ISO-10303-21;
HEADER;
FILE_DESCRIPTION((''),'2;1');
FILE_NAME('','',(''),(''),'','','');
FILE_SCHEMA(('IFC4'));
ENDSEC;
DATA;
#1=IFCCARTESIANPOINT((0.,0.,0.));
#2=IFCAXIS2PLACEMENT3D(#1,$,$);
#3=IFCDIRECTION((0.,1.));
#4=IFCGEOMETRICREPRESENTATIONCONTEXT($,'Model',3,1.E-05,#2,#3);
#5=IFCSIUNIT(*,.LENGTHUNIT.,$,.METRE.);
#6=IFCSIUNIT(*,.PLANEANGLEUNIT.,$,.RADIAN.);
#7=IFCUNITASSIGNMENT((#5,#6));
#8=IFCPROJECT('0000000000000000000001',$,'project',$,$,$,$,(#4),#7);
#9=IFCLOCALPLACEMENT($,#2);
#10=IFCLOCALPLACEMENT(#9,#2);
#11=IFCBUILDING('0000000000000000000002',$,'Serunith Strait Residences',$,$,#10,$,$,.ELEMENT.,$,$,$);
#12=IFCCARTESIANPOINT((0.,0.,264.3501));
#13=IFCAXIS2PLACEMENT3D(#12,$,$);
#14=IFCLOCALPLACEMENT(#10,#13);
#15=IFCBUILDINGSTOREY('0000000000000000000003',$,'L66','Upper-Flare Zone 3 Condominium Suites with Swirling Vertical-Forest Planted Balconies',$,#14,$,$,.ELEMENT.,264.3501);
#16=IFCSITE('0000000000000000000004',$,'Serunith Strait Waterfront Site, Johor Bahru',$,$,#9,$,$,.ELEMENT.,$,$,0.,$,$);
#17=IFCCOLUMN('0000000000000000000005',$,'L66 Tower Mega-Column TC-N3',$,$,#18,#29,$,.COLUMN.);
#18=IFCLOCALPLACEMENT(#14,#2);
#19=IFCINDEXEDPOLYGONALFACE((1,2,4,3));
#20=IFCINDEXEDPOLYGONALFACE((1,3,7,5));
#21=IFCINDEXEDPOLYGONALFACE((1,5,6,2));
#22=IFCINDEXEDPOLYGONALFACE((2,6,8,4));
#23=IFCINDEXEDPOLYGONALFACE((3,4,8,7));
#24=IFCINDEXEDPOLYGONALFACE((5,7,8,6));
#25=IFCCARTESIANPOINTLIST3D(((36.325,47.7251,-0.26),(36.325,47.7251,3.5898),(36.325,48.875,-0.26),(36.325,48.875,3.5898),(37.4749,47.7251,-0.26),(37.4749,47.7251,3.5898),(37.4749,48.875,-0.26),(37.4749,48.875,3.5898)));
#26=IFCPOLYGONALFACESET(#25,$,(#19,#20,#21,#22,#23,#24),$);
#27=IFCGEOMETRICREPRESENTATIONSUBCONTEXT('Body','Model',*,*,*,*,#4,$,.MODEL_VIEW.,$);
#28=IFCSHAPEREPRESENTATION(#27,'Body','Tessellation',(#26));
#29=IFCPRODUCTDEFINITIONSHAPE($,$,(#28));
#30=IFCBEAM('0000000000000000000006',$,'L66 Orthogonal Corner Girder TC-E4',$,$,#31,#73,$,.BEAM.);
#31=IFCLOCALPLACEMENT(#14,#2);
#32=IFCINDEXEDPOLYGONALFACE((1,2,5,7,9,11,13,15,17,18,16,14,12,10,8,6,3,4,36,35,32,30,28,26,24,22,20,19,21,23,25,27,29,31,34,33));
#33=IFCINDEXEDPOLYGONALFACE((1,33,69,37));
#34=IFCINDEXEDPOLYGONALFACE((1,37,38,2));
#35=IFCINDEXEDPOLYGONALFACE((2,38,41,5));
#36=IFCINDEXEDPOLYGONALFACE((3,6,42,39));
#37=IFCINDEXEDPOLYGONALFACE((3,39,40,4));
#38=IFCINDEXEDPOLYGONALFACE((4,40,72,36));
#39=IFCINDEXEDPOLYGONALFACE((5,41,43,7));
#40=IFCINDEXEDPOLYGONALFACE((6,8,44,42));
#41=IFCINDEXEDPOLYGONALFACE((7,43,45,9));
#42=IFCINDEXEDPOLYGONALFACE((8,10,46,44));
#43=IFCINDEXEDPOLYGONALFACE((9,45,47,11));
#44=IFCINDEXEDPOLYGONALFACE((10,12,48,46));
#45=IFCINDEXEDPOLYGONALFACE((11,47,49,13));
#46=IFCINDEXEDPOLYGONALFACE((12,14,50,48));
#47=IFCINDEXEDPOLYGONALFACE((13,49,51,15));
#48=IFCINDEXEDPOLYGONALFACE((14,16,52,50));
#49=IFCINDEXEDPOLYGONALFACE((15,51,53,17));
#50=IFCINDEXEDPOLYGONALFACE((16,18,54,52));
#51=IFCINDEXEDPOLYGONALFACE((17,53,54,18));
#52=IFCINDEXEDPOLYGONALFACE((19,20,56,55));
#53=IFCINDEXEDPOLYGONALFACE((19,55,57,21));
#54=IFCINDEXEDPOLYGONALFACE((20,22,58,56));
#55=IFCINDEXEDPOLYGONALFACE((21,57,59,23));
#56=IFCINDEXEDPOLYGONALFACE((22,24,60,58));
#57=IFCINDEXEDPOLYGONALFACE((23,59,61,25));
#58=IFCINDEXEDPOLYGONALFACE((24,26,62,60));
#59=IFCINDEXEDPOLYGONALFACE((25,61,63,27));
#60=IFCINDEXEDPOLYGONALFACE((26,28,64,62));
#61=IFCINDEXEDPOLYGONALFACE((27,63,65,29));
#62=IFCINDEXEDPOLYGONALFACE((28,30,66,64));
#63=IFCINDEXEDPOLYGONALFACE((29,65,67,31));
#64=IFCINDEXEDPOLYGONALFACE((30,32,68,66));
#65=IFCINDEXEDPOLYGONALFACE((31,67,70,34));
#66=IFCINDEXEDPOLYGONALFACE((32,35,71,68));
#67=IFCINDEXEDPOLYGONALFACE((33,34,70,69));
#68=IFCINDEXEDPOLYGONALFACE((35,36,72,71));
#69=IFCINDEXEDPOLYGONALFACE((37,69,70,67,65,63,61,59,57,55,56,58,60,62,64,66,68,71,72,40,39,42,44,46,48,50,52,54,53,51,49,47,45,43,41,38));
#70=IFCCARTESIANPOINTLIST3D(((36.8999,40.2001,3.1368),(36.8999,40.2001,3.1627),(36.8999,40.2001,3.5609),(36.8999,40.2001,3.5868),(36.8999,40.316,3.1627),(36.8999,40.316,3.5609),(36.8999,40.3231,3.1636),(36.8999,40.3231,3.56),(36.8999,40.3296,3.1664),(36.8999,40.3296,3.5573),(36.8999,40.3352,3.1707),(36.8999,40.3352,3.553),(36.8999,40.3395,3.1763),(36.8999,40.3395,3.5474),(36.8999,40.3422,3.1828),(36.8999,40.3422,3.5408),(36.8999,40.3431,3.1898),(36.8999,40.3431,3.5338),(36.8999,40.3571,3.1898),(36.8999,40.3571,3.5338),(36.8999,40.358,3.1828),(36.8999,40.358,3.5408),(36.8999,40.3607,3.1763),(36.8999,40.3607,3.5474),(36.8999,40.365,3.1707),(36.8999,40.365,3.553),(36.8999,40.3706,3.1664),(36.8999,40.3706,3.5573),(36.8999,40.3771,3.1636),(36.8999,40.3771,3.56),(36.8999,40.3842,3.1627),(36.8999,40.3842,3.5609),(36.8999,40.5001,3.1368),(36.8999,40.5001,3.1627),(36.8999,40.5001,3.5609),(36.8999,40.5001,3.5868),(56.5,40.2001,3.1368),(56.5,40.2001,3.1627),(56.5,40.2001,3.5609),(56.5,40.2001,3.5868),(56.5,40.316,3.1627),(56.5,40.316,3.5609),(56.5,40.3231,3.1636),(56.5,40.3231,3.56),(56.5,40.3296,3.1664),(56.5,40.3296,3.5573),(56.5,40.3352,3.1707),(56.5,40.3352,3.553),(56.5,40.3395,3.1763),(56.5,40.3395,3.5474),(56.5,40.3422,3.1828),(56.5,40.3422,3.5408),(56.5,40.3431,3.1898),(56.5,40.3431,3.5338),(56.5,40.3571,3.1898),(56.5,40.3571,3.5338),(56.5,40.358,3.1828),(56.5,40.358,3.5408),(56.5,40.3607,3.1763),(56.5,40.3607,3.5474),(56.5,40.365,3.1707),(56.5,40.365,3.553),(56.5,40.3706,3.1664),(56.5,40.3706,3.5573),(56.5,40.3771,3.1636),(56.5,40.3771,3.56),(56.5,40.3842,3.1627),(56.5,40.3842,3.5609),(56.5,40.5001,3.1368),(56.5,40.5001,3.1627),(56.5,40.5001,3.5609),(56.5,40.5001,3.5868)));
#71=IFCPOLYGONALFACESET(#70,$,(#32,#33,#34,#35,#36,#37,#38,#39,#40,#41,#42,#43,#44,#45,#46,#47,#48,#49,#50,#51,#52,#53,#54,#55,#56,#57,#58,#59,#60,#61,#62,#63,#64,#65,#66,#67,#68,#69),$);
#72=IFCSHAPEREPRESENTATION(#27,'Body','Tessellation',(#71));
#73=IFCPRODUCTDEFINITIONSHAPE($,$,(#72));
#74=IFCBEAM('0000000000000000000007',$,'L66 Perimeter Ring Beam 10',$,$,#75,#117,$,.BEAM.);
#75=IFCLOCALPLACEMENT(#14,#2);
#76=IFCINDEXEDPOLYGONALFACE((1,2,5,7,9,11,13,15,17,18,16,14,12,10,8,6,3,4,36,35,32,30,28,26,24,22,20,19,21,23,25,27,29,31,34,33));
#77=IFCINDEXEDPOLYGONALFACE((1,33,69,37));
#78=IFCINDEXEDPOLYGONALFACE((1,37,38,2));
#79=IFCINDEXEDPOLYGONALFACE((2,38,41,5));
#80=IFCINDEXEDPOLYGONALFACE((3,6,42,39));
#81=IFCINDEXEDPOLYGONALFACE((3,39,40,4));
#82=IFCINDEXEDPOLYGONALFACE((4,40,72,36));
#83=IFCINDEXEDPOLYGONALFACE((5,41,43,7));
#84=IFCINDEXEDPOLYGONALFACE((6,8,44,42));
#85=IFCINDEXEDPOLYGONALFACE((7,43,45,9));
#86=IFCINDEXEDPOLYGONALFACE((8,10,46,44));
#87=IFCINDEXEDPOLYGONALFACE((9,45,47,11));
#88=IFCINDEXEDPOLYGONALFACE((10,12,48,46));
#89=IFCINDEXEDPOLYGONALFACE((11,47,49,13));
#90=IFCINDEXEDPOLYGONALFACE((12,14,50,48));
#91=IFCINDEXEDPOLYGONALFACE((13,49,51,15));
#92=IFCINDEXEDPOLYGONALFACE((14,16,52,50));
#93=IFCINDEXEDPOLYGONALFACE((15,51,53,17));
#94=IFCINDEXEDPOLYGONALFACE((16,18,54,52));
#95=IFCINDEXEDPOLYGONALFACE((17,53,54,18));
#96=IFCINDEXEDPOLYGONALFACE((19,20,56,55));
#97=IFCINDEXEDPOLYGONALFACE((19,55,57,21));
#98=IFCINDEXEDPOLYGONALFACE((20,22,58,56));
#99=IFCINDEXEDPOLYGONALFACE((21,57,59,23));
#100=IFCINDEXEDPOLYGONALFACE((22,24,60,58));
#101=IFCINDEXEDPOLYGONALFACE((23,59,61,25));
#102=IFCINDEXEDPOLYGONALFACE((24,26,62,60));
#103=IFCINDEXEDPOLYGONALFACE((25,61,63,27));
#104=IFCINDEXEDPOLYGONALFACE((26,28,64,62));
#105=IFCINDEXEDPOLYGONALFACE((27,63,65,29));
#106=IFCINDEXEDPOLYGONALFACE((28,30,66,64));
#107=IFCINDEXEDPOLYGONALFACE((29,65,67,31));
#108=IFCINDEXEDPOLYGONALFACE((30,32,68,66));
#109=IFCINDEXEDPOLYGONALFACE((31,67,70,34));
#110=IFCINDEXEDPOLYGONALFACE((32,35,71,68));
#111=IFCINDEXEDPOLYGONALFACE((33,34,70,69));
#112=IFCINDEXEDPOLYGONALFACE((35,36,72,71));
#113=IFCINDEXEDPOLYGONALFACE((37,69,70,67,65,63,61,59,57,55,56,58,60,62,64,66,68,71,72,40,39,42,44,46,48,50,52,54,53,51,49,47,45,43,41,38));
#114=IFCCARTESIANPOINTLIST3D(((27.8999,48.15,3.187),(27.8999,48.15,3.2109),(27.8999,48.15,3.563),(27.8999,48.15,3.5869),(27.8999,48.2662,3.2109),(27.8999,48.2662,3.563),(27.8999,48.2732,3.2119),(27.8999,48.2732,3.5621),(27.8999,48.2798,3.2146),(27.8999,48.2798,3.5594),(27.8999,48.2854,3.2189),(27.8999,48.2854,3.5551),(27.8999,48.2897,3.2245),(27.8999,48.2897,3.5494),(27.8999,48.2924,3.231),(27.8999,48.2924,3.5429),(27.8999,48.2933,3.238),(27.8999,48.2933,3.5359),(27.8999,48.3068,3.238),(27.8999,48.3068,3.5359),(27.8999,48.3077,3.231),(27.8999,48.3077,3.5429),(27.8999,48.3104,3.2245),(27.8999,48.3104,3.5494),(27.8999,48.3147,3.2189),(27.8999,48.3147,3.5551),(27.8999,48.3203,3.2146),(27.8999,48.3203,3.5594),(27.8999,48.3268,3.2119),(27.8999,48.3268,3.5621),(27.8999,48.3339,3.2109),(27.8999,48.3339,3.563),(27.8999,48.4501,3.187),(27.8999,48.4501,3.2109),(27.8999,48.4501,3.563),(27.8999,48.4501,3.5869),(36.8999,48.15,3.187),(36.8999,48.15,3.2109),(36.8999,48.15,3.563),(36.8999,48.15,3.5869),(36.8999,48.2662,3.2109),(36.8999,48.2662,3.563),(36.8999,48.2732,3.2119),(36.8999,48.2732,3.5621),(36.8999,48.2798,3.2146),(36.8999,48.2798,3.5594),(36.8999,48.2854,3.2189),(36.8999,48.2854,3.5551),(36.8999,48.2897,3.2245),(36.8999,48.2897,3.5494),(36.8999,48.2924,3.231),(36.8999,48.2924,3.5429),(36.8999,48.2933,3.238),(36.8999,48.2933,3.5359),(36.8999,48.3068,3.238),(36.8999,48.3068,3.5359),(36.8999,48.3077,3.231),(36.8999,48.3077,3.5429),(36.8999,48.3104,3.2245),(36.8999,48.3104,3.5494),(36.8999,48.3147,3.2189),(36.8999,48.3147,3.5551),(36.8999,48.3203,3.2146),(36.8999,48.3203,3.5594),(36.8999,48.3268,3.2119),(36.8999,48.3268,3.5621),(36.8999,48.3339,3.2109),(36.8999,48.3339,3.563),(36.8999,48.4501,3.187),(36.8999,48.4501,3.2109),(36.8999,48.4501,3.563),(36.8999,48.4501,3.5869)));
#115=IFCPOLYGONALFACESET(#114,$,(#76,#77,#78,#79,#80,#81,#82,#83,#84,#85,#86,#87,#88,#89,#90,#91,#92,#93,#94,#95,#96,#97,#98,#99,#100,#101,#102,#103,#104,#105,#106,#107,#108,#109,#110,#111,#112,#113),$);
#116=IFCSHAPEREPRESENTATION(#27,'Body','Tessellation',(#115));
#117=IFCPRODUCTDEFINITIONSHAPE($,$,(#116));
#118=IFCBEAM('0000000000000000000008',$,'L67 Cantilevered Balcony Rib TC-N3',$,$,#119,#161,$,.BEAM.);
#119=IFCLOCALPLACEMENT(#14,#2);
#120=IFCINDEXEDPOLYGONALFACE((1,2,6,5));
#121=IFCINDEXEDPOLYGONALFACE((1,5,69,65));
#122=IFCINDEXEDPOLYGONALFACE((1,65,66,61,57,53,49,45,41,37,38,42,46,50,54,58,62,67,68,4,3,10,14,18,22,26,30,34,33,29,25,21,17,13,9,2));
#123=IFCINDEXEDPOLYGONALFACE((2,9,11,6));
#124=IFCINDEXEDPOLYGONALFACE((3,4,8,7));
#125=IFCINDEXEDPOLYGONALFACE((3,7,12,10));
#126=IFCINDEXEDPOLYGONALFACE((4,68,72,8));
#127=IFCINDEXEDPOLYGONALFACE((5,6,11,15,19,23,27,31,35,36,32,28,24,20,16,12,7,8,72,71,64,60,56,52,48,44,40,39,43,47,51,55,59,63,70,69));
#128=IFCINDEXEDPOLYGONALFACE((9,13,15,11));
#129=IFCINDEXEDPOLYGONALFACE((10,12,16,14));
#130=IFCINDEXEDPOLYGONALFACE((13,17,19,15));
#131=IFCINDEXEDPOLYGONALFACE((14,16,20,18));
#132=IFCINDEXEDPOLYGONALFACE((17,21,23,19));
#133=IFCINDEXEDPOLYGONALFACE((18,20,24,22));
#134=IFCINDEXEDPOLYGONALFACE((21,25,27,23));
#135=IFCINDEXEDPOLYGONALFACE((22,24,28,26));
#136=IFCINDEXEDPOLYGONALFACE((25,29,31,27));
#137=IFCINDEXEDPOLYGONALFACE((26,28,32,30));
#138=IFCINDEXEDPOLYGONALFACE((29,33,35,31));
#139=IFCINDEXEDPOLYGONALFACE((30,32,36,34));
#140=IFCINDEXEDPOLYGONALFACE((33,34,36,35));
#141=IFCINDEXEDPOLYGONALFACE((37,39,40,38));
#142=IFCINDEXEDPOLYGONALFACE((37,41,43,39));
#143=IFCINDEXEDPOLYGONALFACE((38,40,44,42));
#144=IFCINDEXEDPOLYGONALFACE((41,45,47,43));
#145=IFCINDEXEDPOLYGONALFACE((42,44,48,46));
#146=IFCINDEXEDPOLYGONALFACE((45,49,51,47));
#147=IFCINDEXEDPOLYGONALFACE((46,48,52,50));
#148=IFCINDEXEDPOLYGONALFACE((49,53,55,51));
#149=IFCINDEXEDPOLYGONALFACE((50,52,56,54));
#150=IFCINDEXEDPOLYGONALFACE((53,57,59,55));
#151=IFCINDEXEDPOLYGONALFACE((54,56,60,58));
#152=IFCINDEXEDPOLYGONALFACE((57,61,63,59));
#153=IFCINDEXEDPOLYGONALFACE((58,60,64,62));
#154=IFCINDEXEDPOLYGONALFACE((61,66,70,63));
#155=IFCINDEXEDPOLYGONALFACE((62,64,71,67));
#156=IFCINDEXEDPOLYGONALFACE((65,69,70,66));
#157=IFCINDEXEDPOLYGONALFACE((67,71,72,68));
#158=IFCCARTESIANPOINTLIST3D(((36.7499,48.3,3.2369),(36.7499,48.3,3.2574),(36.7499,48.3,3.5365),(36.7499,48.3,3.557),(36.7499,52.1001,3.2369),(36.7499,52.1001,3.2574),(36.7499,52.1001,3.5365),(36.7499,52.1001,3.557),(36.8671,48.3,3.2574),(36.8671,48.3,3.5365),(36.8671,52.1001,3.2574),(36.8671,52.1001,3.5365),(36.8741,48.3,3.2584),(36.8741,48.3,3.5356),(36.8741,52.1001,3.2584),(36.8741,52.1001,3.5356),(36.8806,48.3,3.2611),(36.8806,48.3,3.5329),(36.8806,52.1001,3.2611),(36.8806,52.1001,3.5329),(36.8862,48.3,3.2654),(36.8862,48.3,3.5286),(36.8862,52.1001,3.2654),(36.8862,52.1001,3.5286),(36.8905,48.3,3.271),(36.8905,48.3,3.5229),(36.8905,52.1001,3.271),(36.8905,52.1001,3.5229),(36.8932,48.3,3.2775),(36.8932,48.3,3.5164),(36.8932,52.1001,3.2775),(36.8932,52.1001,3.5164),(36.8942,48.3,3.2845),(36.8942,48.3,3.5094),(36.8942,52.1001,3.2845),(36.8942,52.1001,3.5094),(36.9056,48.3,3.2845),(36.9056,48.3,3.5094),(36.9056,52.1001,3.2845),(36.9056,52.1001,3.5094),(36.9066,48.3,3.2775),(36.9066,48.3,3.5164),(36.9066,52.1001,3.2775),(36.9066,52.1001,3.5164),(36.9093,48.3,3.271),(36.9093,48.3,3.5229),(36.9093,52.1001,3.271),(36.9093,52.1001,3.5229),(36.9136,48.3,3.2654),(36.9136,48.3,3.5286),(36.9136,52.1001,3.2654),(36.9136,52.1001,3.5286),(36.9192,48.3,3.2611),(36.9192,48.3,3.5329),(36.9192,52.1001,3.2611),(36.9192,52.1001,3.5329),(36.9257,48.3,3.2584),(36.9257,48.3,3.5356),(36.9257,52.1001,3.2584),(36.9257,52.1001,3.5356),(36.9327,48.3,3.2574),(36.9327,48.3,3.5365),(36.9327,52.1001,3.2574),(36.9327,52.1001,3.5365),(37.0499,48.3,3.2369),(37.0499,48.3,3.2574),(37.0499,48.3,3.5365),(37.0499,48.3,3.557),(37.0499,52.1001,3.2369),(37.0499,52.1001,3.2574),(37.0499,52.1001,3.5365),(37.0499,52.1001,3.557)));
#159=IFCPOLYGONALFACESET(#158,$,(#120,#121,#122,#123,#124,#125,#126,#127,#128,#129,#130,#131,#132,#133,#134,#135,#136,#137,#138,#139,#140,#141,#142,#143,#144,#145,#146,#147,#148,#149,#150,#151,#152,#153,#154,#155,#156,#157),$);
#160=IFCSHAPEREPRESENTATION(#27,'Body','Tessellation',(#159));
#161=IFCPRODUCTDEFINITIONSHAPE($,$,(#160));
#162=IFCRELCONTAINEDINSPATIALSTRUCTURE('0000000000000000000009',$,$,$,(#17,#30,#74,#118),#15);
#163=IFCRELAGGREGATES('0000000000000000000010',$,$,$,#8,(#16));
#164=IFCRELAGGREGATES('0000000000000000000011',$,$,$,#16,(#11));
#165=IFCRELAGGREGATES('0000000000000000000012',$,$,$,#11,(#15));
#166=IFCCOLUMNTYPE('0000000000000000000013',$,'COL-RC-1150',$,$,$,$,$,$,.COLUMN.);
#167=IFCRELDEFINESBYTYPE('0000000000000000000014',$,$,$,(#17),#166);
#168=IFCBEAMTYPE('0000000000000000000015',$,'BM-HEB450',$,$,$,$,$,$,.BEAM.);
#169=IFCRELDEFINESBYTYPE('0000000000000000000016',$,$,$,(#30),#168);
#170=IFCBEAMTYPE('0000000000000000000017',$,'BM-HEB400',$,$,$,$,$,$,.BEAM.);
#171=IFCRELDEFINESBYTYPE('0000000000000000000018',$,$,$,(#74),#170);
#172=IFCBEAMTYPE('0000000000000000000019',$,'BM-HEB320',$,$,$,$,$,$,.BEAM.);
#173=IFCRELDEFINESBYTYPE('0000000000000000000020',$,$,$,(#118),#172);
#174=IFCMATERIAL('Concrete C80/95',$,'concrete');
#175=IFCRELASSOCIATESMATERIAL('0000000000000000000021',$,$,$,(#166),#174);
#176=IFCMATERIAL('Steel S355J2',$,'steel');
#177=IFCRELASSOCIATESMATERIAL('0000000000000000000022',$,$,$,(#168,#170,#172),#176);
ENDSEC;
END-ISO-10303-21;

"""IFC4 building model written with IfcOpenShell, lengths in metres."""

from ifc_helpers import new_model, si_unit, direction, frame, origin, origin_2d, place, context, subcontext, project, spatial, rectangle, i_section, extrude, source, transform, mapped, material, material_profile, profile_set, type_object, element, save


model = new_model("IFC4")

# Units and contexts
model_context = context("Model", 3, precision=1e-05, world=origin(), true_north=direction((0.0, 1.0)))
body_context = subcontext(model_context, "Body", "Model", "MODEL_VIEW")
ifc_project = project(units=[si_unit("LENGTHUNIT", "METRE"), si_unit("PLANEANGLEUNIT", "RADIAN")], contexts=[model_context])

# Site, building, storey
site_placement = place(None, origin())
site = spatial("IfcSite", under=ifc_project, at=site_placement, Name="Serunith Strait Waterfront Site, Johor Bahru", CompositionType="ELEMENT", RefElevation=0.0)
building_placement = place(site_placement, origin())
building = spatial("IfcBuilding", under=site, at=building_placement, Name="Serunith Strait Residences", CompositionType="ELEMENT")
storey_placement = place(building_placement, frame((0.0, 0.0, 264.3501)))
storey = spatial("IfcBuildingStorey", under=building, at=storey_placement, Name="L66", Description="Upper-Flare Zone 3 Condominium Suites with Swirling Vertical-Forest Planted Balconies", CompositionType="ELEMENT", Elevation=264.3501)

# Column
ifc_material_1 = material(Name="Concrete C80/95", Category="concrete")
ifc_material_profile_1 = material_profile(ifc_material_1, rectangle(XDim=1.1499, YDim=1.1499, at=origin_2d()), Name="RC 1150x1150")
ifc_profile_set_1 = profile_set([ifc_material_profile_1], Name="Concrete C80/95")
column_type = type_object("IfcColumnType", Name="COL-RC-1150", PredefinedType="COLUMN", material=ifc_profile_set_1)
shared_shape_1 = source(origin(), body_context, "Body", "SweptSolid", [
    extrude(rectangle(XDim=1.1499, YDim=1.1499, at=origin_2d()), origin(), (0.0, 0.0, 1.0), 3.8499),
])
column_placement = place(storey_placement, frame((36.8999, 48.3, -0.26), z_axis=(0.0, 0.0, 1.0), x_axis=(1.0, 0.0, 0.0)))
element("IfcColumn", 1, at=column_placement, inside=storey, type_object=column_type, Name="L66 Tower Mega-Column TC-N3", PredefinedType="COLUMN", context=body_context, shape_type="MappedRepresentation", body=[
    mapped(shared_shape_1, transform((0.0, 0.0, 0.0), scale=1.0)),
])

# Beams
ifc_material_2 = material(Name="Steel S355J2", Category="steel")
ifc_material_profile_2 = material_profile(ifc_material_2, i_section(OverallWidth=0.3, OverallDepth=0.45, WebThickness=0.0139, FlangeThickness=0.0259, FilletRadius=0.0271, at=origin_2d()), Name="HEB 450")
ifc_profile_set_2 = profile_set([ifc_material_profile_2], Name="Steel S355J2")
beam_type_1 = type_object("IfcBeamType", Name="BM-HEB450", PredefinedType="BEAM", material=ifc_profile_set_2)
shared_shape_2 = source(origin(), body_context, "Body", "SweptSolid", [
    extrude(i_section(OverallWidth=0.3, OverallDepth=0.45, WebThickness=0.0139, FlangeThickness=0.0259, FilletRadius=0.0271, at=origin_2d()), origin(), (0.0, 0.0, 1.0), 19.6001),
])
beam_1_placement = place(storey_placement, frame((36.8999, 40.3501, 3.3618), z_axis=(1.0, 0.0, 0.0), x_axis=(0.0, 1.0, 0.0)))
element("IfcBeam", 2, at=beam_1_placement, inside=storey, type_object=beam_type_1, Name="L66 Orthogonal Corner Girder TC-E4", PredefinedType="BEAM", context=body_context, shape_type="MappedRepresentation", body=[
    mapped(shared_shape_2, transform((0.0, 0.0, 0.0), scale=1.0)),
])
ifc_material_profile_3 = material_profile(ifc_material_2, i_section(OverallWidth=0.3, OverallDepth=0.3999, WebThickness=0.0134, FlangeThickness=0.0239, FilletRadius=0.0271, at=origin_2d()), Name="HEB 400")
ifc_profile_set_3 = profile_set([ifc_material_profile_3], Name="Steel S355J2")
beam_type_2 = type_object("IfcBeamType", Name="BM-HEB400", PredefinedType="BEAM", material=ifc_profile_set_3)
shared_shape_3 = source(origin(), body_context, "Body", "SweptSolid", [
    extrude(i_section(OverallWidth=0.3, OverallDepth=0.3999, WebThickness=0.0134, FlangeThickness=0.0239, FilletRadius=0.0271, at=origin_2d()), origin(), (0.0, 0.0, 1.0), 9.0),
])
beam_2_placement = place(storey_placement, frame((36.8999, 48.3, 3.387), z_axis=(-1.0, 0.0, 0.0), x_axis=(0.0, -1.0, 0.0)))
element("IfcBeam", 3, at=beam_2_placement, inside=storey, type_object=beam_type_2, Name="L66 Perimeter Ring Beam 10", PredefinedType="BEAM", context=body_context, shape_type="MappedRepresentation", body=[
    mapped(shared_shape_3, transform((0.0, 0.0, 0.0), scale=1.0)),
])
ifc_material_profile_4 = material_profile(ifc_material_2, i_section(OverallWidth=0.3, OverallDepth=0.3201, WebThickness=0.0115, FlangeThickness=0.0205, FilletRadius=0.0271, at=origin_2d()), Name="HEB 320")
ifc_profile_set_4 = profile_set([ifc_material_profile_4], Name="Steel S355J2")
beam_type_3 = type_object("IfcBeamType", Name="BM-HEB320", PredefinedType="BEAM", material=ifc_profile_set_4)
shared_shape_4 = source(origin(), body_context, "Body", "SweptSolid", [
    extrude(i_section(OverallWidth=0.3, OverallDepth=0.3201, WebThickness=0.0115, FlangeThickness=0.0205, FilletRadius=0.0271, at=origin_2d()), origin(), (0.0, 0.0, 1.0), 3.8),
])
beam_3_placement = place(storey_placement, frame((36.8999, 48.3, 3.397), z_axis=(0.0, 1.0, 0.0), x_axis=(-1.0, 0.0, 0.0)))
element("IfcBeam", 4, at=beam_3_placement, inside=storey, type_object=beam_type_3, Name="L67 Cantilevered Balcony Rib TC-N3", PredefinedType="BEAM", context=body_context, shape_type="MappedRepresentation", body=[
    mapped(shared_shape_4, transform((0.0, 0.0, 0.0), scale=1.0)),
])

save(model, "model.ifc")
